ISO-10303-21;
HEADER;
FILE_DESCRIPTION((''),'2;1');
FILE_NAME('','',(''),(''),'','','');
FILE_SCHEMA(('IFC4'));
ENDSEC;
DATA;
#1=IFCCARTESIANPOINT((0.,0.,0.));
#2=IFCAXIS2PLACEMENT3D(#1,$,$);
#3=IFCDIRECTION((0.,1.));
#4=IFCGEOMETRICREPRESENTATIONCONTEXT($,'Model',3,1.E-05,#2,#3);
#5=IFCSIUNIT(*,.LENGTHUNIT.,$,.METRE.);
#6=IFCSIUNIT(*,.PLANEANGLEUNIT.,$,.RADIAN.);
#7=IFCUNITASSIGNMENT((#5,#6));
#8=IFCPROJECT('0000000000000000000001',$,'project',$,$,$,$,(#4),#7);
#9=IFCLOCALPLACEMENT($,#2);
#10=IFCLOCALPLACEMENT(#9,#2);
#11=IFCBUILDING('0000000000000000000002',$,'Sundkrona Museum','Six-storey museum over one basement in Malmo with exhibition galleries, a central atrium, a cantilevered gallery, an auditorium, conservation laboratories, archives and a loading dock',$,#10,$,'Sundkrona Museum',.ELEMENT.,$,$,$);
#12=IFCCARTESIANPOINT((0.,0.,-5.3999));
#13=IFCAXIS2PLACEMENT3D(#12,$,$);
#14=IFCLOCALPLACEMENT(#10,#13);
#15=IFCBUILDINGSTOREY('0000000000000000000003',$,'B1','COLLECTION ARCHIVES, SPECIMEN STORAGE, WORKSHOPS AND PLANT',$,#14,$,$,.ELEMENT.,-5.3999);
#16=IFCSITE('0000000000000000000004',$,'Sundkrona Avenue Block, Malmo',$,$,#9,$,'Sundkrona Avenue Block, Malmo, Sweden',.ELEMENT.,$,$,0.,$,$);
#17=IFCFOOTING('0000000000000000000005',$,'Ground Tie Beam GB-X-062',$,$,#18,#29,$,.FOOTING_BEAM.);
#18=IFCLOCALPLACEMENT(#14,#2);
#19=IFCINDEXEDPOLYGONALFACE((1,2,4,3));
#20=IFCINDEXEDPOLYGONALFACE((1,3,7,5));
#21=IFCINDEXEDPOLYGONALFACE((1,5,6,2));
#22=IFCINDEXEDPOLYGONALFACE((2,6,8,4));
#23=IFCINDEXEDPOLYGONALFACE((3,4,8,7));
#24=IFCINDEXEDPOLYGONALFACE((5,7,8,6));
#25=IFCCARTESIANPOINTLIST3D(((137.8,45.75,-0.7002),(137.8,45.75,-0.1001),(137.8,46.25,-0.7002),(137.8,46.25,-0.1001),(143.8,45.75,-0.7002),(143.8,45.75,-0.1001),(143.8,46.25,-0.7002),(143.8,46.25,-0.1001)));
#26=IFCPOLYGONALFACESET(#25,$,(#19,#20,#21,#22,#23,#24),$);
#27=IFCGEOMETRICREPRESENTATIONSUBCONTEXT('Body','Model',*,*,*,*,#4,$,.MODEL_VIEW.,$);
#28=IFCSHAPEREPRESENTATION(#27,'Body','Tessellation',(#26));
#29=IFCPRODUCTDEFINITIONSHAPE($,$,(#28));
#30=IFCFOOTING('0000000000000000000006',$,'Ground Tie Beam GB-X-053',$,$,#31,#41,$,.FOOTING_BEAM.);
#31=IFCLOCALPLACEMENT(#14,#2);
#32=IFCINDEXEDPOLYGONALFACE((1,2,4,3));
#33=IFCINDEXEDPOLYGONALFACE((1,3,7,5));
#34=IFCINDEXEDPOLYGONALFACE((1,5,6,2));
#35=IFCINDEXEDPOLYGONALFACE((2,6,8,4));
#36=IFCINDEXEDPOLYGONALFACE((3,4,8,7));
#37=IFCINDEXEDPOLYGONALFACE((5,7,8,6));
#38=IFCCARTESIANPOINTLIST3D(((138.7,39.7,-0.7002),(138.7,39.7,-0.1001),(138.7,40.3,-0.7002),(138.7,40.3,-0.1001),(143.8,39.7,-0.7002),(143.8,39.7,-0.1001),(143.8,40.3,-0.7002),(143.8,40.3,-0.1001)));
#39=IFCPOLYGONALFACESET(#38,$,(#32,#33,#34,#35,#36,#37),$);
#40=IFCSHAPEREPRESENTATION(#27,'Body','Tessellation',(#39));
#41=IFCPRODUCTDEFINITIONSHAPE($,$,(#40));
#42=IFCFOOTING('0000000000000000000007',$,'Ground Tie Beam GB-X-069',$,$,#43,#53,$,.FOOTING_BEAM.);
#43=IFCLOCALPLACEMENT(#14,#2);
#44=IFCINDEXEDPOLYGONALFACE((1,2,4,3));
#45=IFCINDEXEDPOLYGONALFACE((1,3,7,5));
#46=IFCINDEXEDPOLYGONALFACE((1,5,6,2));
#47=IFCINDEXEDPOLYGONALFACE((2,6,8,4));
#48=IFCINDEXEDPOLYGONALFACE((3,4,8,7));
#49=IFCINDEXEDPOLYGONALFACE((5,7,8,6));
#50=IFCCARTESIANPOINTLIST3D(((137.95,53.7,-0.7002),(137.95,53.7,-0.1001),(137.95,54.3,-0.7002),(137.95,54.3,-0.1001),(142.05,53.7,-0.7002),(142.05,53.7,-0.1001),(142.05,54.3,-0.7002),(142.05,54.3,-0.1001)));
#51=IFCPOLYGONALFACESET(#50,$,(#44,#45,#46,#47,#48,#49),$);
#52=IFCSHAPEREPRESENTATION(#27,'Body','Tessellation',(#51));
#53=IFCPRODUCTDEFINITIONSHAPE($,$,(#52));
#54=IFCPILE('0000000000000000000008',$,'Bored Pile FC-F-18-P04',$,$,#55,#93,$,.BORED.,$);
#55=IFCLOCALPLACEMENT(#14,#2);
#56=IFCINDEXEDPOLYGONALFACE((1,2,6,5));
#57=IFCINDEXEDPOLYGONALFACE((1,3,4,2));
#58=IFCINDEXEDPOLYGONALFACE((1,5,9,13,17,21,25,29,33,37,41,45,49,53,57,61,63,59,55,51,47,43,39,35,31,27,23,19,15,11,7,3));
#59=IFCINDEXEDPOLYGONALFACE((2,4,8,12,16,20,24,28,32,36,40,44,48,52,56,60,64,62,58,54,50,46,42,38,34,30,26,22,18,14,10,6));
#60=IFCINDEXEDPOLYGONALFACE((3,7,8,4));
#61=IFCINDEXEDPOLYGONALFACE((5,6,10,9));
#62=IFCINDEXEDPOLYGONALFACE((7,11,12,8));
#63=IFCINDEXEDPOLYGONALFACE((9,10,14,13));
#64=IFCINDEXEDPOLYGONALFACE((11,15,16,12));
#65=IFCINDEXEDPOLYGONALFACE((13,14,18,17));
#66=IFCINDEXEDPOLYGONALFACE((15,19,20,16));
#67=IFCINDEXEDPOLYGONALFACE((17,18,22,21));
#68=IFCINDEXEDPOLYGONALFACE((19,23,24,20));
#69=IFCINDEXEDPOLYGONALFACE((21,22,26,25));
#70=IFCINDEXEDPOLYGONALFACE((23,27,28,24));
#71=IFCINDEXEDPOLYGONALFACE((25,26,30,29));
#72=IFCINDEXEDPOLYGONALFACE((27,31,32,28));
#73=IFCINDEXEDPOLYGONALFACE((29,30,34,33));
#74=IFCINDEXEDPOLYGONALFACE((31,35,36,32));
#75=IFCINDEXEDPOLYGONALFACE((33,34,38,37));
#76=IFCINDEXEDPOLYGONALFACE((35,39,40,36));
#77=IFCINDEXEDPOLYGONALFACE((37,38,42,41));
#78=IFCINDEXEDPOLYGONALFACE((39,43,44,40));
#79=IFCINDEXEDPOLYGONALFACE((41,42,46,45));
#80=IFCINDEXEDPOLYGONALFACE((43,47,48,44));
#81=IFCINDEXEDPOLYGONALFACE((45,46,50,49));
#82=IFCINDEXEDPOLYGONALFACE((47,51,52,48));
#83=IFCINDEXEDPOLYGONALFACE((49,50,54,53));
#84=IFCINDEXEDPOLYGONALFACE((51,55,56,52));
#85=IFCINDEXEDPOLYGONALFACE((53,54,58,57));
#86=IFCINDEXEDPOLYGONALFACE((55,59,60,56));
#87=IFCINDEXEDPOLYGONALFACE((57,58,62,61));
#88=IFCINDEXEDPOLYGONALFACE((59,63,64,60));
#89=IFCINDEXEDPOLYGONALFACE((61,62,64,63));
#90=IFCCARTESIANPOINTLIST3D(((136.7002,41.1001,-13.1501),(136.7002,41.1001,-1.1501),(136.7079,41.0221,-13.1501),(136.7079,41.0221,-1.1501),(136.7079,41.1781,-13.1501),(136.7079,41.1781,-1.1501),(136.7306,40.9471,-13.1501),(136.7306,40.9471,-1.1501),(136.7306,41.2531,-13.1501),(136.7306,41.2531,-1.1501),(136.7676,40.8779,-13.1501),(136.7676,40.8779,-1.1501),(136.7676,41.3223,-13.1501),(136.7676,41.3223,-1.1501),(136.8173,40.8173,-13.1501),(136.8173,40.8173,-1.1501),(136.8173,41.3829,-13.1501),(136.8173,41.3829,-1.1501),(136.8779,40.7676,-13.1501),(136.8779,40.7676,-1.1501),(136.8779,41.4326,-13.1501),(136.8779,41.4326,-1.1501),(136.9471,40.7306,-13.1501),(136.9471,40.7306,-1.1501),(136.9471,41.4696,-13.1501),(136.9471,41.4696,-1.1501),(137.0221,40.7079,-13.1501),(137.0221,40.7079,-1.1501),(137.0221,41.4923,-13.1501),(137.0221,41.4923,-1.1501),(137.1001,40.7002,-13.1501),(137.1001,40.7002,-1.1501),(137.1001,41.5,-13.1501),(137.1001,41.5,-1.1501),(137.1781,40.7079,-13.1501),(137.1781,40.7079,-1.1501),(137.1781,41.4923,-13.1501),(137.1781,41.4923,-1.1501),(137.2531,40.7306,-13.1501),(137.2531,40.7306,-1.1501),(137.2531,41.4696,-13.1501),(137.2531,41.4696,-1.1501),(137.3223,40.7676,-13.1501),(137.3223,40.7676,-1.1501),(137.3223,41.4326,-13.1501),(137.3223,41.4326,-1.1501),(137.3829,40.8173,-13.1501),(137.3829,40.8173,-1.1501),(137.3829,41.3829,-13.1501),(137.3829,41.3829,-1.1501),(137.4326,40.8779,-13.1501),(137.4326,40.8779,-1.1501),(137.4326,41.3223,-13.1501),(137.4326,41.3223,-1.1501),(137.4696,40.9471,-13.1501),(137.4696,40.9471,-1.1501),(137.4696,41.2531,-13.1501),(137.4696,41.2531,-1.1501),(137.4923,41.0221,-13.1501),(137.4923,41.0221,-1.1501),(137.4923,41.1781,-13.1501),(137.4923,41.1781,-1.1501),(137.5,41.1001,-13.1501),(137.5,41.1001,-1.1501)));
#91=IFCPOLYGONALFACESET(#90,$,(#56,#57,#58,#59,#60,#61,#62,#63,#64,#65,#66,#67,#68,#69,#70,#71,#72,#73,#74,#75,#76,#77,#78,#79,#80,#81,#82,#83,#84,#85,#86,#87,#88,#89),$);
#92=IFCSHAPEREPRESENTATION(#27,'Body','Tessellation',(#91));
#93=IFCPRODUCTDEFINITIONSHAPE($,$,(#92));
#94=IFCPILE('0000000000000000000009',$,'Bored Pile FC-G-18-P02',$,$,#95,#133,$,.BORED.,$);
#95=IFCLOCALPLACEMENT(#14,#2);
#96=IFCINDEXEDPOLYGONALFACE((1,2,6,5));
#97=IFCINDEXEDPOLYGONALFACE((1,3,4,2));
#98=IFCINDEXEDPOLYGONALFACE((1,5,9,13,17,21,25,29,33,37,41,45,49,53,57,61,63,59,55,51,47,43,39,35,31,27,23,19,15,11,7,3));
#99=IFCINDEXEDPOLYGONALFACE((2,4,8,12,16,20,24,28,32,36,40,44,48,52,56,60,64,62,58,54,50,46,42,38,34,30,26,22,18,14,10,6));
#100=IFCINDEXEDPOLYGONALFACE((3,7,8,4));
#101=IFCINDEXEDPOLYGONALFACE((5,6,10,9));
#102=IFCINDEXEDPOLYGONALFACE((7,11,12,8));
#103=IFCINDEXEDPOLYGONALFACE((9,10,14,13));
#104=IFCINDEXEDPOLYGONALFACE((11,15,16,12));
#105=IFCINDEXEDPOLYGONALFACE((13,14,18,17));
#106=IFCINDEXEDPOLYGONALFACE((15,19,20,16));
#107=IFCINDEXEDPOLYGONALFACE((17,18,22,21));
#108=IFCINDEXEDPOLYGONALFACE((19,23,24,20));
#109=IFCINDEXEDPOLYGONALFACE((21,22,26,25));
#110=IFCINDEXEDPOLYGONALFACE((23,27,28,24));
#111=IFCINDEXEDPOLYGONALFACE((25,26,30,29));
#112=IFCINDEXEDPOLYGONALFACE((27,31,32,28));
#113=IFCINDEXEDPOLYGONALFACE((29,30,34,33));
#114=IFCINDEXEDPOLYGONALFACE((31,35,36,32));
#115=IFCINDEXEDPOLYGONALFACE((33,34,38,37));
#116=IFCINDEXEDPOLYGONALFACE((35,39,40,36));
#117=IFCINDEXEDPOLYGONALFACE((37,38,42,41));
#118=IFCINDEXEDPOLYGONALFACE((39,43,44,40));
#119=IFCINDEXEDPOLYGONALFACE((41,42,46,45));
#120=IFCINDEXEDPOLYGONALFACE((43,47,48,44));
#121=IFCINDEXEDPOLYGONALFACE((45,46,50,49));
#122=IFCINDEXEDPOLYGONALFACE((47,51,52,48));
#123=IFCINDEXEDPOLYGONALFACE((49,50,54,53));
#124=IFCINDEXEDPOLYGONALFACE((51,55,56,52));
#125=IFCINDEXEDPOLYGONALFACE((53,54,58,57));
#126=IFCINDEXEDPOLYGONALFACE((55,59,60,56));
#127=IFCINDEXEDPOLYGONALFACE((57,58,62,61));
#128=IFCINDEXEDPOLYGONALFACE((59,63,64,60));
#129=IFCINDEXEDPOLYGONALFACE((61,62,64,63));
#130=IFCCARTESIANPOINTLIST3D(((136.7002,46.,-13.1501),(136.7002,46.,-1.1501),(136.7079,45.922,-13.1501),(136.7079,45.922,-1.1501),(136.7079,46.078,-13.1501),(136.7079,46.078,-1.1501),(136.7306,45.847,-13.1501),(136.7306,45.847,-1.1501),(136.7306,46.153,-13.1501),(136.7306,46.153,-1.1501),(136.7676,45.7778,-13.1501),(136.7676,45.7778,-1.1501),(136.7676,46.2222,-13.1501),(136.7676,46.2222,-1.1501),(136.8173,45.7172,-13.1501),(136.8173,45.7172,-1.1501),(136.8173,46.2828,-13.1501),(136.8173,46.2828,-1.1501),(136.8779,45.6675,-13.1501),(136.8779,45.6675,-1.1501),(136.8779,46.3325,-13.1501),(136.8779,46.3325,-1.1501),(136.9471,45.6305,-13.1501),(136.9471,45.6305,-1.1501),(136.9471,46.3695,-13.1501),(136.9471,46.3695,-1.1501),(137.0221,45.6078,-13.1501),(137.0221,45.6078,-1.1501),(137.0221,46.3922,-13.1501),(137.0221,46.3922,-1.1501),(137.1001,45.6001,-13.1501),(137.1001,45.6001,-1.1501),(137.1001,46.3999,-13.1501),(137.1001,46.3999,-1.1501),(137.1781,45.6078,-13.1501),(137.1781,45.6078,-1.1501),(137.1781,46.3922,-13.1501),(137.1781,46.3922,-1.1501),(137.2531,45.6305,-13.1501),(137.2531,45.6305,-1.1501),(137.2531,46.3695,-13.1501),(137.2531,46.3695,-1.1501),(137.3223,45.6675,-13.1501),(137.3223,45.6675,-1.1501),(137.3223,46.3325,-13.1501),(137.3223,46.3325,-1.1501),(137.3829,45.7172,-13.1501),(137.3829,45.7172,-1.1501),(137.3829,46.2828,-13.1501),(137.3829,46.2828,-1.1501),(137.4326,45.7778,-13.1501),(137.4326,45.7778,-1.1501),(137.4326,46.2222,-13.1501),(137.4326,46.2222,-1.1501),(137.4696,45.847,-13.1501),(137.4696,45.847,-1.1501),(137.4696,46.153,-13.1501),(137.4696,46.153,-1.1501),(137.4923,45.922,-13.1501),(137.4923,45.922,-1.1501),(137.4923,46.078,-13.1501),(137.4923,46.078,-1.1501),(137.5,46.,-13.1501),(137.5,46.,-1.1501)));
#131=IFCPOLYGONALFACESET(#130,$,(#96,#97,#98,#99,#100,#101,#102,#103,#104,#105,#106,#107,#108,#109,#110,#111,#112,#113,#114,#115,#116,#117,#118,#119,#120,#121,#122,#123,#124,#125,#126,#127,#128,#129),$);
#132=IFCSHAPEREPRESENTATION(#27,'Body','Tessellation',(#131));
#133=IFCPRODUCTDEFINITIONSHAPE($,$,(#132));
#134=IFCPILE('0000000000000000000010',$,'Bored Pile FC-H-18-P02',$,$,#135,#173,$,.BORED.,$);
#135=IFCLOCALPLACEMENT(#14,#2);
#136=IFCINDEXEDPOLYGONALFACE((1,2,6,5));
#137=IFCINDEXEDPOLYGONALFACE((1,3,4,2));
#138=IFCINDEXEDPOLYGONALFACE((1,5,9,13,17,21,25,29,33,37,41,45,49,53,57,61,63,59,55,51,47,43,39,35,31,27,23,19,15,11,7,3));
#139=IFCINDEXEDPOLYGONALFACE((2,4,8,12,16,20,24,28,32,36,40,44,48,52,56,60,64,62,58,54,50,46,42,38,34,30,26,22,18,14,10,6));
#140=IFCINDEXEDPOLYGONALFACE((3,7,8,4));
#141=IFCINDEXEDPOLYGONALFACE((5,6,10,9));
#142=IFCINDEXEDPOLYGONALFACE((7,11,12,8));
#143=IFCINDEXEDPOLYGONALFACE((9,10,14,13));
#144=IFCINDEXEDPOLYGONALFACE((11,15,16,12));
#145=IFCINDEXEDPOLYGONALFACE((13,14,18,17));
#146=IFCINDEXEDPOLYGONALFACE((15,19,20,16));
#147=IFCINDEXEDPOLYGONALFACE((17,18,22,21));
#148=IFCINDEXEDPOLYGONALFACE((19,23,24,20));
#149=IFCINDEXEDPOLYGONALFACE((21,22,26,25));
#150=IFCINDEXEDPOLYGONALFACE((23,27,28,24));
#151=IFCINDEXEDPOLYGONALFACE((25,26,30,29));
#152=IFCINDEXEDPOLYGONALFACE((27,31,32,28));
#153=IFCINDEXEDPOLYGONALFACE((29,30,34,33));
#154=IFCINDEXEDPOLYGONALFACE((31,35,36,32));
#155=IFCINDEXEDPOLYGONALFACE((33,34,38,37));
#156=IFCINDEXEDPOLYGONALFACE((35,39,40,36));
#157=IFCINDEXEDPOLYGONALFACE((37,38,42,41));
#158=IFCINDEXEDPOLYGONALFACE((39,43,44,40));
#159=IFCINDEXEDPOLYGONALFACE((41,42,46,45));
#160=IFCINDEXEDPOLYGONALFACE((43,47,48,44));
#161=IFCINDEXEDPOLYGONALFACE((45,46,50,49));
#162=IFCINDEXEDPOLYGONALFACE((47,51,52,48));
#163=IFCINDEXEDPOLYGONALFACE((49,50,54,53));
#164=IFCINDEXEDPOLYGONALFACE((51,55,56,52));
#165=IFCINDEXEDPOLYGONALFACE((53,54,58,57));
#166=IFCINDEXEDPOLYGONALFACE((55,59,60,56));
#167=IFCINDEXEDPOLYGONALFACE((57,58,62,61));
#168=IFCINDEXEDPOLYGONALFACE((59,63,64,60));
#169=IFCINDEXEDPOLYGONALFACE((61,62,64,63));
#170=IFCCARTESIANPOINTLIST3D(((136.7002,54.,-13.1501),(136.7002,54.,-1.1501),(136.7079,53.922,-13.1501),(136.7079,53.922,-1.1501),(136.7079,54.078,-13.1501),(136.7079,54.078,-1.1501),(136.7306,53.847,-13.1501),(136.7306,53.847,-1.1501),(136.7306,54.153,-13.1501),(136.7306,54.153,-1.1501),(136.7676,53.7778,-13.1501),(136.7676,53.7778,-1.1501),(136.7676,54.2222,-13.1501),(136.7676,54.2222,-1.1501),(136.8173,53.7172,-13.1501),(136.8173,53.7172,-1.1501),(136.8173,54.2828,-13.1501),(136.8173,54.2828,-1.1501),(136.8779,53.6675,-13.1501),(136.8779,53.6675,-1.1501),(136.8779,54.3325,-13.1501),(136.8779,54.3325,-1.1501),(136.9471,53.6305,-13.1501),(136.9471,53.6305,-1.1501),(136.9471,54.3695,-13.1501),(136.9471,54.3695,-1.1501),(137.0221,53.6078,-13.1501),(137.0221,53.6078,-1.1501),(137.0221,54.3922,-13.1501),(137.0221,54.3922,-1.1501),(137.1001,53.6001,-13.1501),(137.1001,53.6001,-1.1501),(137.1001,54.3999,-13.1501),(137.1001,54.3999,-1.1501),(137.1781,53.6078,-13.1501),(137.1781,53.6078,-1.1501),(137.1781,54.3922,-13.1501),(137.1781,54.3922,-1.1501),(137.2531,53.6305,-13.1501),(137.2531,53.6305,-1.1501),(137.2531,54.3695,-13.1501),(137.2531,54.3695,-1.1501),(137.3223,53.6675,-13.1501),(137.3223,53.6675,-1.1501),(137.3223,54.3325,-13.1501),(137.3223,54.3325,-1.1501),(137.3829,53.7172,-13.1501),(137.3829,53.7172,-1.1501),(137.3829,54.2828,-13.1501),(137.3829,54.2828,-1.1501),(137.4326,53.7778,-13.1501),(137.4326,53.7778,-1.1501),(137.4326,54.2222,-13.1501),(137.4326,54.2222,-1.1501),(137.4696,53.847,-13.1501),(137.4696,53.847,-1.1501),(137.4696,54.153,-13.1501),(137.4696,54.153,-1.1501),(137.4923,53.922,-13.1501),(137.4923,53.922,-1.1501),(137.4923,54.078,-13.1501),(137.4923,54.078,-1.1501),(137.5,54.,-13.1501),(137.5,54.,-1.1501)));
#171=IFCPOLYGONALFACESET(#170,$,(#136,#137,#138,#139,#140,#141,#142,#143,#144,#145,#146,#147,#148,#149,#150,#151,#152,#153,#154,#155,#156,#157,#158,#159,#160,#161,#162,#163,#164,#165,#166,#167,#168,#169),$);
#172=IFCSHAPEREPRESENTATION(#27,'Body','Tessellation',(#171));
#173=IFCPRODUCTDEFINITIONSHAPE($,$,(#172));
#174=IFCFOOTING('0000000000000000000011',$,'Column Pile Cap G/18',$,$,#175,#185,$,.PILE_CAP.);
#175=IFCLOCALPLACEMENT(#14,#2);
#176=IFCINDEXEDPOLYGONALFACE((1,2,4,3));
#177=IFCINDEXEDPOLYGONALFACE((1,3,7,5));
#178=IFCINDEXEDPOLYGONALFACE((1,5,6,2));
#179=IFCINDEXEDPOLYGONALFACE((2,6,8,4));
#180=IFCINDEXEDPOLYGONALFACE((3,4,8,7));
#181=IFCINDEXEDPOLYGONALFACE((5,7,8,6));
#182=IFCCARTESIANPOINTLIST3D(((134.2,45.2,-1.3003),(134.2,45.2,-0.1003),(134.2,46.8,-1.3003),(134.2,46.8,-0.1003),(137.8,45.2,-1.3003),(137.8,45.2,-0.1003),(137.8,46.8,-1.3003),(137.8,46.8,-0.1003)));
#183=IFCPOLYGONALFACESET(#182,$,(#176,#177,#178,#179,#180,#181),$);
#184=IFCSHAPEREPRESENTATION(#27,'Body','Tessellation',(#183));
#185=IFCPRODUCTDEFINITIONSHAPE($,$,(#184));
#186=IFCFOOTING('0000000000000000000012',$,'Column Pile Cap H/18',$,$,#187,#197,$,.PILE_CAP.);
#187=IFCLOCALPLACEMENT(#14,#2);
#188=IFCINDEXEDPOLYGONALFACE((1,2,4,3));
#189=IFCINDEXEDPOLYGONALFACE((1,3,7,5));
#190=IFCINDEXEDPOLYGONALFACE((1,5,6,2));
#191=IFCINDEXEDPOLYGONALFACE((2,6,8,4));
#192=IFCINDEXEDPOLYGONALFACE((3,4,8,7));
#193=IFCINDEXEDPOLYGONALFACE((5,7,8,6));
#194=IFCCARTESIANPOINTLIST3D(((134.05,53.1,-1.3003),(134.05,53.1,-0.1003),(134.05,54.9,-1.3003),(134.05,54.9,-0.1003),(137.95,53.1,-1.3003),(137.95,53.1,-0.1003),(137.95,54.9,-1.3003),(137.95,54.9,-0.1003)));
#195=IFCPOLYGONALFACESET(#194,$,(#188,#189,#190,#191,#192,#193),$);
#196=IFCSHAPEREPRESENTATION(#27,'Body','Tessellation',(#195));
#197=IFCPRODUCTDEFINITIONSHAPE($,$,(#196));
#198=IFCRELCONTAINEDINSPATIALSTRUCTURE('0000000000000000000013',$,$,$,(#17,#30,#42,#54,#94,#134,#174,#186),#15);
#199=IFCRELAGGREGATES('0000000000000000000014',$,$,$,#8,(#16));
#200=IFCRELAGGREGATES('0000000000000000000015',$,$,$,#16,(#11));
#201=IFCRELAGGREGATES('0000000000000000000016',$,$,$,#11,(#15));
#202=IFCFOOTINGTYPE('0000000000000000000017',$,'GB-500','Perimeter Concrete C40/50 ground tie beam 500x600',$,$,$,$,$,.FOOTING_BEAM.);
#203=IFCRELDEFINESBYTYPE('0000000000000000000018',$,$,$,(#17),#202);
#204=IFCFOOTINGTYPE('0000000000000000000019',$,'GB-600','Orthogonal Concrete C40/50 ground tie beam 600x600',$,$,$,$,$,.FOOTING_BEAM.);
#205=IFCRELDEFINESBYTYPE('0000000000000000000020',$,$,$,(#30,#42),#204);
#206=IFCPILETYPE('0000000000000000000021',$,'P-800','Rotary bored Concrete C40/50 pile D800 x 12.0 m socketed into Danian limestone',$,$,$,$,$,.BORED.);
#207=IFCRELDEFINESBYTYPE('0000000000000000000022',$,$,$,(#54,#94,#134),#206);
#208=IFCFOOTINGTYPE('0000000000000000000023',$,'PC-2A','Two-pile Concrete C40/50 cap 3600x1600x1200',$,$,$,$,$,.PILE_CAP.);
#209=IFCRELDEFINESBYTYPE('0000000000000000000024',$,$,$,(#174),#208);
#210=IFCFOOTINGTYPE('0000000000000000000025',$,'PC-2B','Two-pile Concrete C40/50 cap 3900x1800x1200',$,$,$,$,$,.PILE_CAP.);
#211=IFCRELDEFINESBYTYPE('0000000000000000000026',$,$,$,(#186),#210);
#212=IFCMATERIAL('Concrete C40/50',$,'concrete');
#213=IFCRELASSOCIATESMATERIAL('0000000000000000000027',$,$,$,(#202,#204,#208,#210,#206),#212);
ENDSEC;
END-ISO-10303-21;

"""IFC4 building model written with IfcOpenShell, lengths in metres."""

from ifc_helpers import new_model, si_unit, direction, frame, origin, origin_2d, place, context, subcontext, project, spatial, rectangle, circle, extrude, material, material_profile, profile_set, type_object, element, save


model = new_model("IFC4")

# Units and contexts
model_context = context("Model", 3, precision=1e-05, world=origin(), true_north=direction((0.0, 1.0)))
body_context = subcontext(model_context, "Body", "Model", "MODEL_VIEW")
ifc_project = project(units=[si_unit("LENGTHUNIT", "METRE"), si_unit("PLANEANGLEUNIT", "RADIAN")], contexts=[model_context])

# Site, building, storey
site_placement = place(None, origin())
site = spatial("IfcSite", under=ifc_project, at=site_placement, Name="Sundkrona Avenue Block, Malmo", LongName="Sundkrona Avenue Block, Malmo, Sweden", CompositionType="ELEMENT", RefElevation=0.0)
building_placement = place(site_placement, origin())
building = spatial("IfcBuilding", under=site, at=building_placement, Name="Sundkrona Museum", Description="Six-storey museum over one basement in Malmo with exhibition galleries, a central atrium, a cantilevered gallery, an auditorium, conservation laboratories, archives and a loading dock", LongName="Sundkrona Museum", CompositionType="ELEMENT")
storey_placement = place(building_placement, frame((0.0, 0.0, -5.3999)))
storey = spatial("IfcBuildingStorey", under=building, at=storey_placement, Name="B1", Description="COLLECTION ARCHIVES, SPECIMEN STORAGE, WORKSHOPS AND PLANT", CompositionType="ELEMENT", Elevation=-5.3999)

# Footings
ifc_material_1 = material(Name="Concrete C40/50", Category="concrete")
footing_type_1 = type_object("IfcFootingType", Name="GB-500", Description="Perimeter Concrete C40/50 ground tie beam 500x600", PredefinedType="FOOTING_BEAM", material=ifc_material_1)
footing_1_placement = place(storey_placement, frame((140.8, 46.0, -0.7002), z_axis=(0.0, 0.0, 1.0), x_axis=(1.0, 0.0, 0.0)))
element("IfcFooting", 1, at=footing_1_placement, inside=storey, type_object=footing_type_1, Name="Ground Tie Beam GB-X-062", PredefinedType="FOOTING_BEAM", context=body_context, shape_type="SweptSolid", body=[
    extrude(rectangle(XDim=6.0, YDim=0.5, at=origin_2d()), origin(), (0.0, 0.0, 1.0), 0.6001),
])
footing_type_2 = type_object("IfcFootingType", Name="GB-600", Description="Orthogonal Concrete C40/50 ground tie beam 600x600", PredefinedType="FOOTING_BEAM", material=ifc_material_1)
footing_2_placement = place(storey_placement, frame((141.25, 40.0, -0.7002), z_axis=(0.0, 0.0, 1.0), x_axis=(1.0, 0.0, 0.0)))
element("IfcFooting", 2, at=footing_2_placement, inside=storey, type_object=footing_type_2, Name="Ground Tie Beam GB-X-053", PredefinedType="FOOTING_BEAM", context=body_context, shape_type="SweptSolid", body=[
    extrude(rectangle(XDim=5.1001, YDim=0.6001, at=origin_2d()), origin(), (0.0, 0.0, 1.0), 0.6001),
])
footing_3_placement = place(storey_placement, frame((140.0, 54.0, -0.7002), z_axis=(0.0, 0.0, 1.0), x_axis=(1.0, 0.0, 0.0)))
element("IfcFooting", 3, at=footing_3_placement, inside=storey, type_object=footing_type_2, Name="Ground Tie Beam GB-X-069", PredefinedType="FOOTING_BEAM", context=body_context, shape_type="SweptSolid", body=[
    extrude(rectangle(XDim=4.1001, YDim=0.6001, at=origin_2d()), origin(), (0.0, 0.0, 1.0), 0.6001),
])

# Piles
ifc_material_profile_1 = material_profile(ifc_material_1, circle(Radius=0.3999, at=origin_2d()), Name="PILE D800")
ifc_profile_set_1 = profile_set([ifc_material_profile_1], Name="Concrete C40/50")
pile_type = type_object("IfcPileType", Name="P-800", Description="Rotary bored Concrete C40/50 pile D800 x 12.0 m socketed into Danian limestone", PredefinedType="BORED", material=ifc_profile_set_1)
for number, where, z_axis, x_axis, name in (
    (4, (137.1001, 41.1001, -1.1501), (0.0, 0.0, -1.0), (1.0, 0.0, 0.0), "Bored Pile FC-F-18-P04"),
    (5, (137.1001, 46.0, -1.1501), (0.0, 0.0, -1.0), (1.0, 0.0, 0.0), "Bored Pile FC-G-18-P02"),
    (6, (137.1001, 54.0, -1.1501), (0.0, 0.0, -1.0), (1.0, 0.0, 0.0), "Bored Pile FC-H-18-P02"),
):
    element("IfcPile", number, at=place(storey_placement, frame(where, z_axis=z_axis, x_axis=x_axis)), inside=storey, type_object=pile_type, Name=name, PredefinedType="BORED", context=body_context, shape_type="SweptSolid", body=[
        extrude(circle(Radius=0.3999, at=origin_2d()), origin(), (0.0, 0.0, 1.0), 12.0),
    ])

# Footings
footing_type_3 = type_object("IfcFootingType", Name="PC-2A", Description="Two-pile Concrete C40/50 cap 3600x1600x1200", PredefinedType="PILE_CAP", material=ifc_material_1)
footing_4_placement = place(storey_placement, frame((136.0, 46.0, -1.3003), z_axis=(0.0, 0.0, 1.0), x_axis=(1.0, 0.0, 0.0)))
element("IfcFooting", 7, at=footing_4_placement, inside=storey, type_object=footing_type_3, Name="Column Pile Cap G/18", PredefinedType="PILE_CAP", context=body_context, shape_type="SweptSolid", body=[
    extrude(rectangle(XDim=3.6001, YDim=1.6001, at=origin_2d()), origin(), (0.0, 0.0, 1.0), 1.2),
])
footing_type_4 = type_object("IfcFootingType", Name="PC-2B", Description="Two-pile Concrete C40/50 cap 3900x1800x1200", PredefinedType="PILE_CAP", material=ifc_material_1)
footing_5_placement = place(storey_placement, frame((136.0, 54.0, -1.3003), z_axis=(0.0, 0.0, 1.0), x_axis=(1.0, 0.0, 0.0)))
element("IfcFooting", 8, at=footing_5_placement, inside=storey, type_object=footing_type_4, Name="Column Pile Cap H/18", PredefinedType="PILE_CAP", context=body_context, shape_type="SweptSolid", body=[
    extrude(rectangle(XDim=3.8999, YDim=1.8, at=origin_2d()), origin(), (0.0, 0.0, 1.0), 1.2),
])

save(model, "model.ifc")
